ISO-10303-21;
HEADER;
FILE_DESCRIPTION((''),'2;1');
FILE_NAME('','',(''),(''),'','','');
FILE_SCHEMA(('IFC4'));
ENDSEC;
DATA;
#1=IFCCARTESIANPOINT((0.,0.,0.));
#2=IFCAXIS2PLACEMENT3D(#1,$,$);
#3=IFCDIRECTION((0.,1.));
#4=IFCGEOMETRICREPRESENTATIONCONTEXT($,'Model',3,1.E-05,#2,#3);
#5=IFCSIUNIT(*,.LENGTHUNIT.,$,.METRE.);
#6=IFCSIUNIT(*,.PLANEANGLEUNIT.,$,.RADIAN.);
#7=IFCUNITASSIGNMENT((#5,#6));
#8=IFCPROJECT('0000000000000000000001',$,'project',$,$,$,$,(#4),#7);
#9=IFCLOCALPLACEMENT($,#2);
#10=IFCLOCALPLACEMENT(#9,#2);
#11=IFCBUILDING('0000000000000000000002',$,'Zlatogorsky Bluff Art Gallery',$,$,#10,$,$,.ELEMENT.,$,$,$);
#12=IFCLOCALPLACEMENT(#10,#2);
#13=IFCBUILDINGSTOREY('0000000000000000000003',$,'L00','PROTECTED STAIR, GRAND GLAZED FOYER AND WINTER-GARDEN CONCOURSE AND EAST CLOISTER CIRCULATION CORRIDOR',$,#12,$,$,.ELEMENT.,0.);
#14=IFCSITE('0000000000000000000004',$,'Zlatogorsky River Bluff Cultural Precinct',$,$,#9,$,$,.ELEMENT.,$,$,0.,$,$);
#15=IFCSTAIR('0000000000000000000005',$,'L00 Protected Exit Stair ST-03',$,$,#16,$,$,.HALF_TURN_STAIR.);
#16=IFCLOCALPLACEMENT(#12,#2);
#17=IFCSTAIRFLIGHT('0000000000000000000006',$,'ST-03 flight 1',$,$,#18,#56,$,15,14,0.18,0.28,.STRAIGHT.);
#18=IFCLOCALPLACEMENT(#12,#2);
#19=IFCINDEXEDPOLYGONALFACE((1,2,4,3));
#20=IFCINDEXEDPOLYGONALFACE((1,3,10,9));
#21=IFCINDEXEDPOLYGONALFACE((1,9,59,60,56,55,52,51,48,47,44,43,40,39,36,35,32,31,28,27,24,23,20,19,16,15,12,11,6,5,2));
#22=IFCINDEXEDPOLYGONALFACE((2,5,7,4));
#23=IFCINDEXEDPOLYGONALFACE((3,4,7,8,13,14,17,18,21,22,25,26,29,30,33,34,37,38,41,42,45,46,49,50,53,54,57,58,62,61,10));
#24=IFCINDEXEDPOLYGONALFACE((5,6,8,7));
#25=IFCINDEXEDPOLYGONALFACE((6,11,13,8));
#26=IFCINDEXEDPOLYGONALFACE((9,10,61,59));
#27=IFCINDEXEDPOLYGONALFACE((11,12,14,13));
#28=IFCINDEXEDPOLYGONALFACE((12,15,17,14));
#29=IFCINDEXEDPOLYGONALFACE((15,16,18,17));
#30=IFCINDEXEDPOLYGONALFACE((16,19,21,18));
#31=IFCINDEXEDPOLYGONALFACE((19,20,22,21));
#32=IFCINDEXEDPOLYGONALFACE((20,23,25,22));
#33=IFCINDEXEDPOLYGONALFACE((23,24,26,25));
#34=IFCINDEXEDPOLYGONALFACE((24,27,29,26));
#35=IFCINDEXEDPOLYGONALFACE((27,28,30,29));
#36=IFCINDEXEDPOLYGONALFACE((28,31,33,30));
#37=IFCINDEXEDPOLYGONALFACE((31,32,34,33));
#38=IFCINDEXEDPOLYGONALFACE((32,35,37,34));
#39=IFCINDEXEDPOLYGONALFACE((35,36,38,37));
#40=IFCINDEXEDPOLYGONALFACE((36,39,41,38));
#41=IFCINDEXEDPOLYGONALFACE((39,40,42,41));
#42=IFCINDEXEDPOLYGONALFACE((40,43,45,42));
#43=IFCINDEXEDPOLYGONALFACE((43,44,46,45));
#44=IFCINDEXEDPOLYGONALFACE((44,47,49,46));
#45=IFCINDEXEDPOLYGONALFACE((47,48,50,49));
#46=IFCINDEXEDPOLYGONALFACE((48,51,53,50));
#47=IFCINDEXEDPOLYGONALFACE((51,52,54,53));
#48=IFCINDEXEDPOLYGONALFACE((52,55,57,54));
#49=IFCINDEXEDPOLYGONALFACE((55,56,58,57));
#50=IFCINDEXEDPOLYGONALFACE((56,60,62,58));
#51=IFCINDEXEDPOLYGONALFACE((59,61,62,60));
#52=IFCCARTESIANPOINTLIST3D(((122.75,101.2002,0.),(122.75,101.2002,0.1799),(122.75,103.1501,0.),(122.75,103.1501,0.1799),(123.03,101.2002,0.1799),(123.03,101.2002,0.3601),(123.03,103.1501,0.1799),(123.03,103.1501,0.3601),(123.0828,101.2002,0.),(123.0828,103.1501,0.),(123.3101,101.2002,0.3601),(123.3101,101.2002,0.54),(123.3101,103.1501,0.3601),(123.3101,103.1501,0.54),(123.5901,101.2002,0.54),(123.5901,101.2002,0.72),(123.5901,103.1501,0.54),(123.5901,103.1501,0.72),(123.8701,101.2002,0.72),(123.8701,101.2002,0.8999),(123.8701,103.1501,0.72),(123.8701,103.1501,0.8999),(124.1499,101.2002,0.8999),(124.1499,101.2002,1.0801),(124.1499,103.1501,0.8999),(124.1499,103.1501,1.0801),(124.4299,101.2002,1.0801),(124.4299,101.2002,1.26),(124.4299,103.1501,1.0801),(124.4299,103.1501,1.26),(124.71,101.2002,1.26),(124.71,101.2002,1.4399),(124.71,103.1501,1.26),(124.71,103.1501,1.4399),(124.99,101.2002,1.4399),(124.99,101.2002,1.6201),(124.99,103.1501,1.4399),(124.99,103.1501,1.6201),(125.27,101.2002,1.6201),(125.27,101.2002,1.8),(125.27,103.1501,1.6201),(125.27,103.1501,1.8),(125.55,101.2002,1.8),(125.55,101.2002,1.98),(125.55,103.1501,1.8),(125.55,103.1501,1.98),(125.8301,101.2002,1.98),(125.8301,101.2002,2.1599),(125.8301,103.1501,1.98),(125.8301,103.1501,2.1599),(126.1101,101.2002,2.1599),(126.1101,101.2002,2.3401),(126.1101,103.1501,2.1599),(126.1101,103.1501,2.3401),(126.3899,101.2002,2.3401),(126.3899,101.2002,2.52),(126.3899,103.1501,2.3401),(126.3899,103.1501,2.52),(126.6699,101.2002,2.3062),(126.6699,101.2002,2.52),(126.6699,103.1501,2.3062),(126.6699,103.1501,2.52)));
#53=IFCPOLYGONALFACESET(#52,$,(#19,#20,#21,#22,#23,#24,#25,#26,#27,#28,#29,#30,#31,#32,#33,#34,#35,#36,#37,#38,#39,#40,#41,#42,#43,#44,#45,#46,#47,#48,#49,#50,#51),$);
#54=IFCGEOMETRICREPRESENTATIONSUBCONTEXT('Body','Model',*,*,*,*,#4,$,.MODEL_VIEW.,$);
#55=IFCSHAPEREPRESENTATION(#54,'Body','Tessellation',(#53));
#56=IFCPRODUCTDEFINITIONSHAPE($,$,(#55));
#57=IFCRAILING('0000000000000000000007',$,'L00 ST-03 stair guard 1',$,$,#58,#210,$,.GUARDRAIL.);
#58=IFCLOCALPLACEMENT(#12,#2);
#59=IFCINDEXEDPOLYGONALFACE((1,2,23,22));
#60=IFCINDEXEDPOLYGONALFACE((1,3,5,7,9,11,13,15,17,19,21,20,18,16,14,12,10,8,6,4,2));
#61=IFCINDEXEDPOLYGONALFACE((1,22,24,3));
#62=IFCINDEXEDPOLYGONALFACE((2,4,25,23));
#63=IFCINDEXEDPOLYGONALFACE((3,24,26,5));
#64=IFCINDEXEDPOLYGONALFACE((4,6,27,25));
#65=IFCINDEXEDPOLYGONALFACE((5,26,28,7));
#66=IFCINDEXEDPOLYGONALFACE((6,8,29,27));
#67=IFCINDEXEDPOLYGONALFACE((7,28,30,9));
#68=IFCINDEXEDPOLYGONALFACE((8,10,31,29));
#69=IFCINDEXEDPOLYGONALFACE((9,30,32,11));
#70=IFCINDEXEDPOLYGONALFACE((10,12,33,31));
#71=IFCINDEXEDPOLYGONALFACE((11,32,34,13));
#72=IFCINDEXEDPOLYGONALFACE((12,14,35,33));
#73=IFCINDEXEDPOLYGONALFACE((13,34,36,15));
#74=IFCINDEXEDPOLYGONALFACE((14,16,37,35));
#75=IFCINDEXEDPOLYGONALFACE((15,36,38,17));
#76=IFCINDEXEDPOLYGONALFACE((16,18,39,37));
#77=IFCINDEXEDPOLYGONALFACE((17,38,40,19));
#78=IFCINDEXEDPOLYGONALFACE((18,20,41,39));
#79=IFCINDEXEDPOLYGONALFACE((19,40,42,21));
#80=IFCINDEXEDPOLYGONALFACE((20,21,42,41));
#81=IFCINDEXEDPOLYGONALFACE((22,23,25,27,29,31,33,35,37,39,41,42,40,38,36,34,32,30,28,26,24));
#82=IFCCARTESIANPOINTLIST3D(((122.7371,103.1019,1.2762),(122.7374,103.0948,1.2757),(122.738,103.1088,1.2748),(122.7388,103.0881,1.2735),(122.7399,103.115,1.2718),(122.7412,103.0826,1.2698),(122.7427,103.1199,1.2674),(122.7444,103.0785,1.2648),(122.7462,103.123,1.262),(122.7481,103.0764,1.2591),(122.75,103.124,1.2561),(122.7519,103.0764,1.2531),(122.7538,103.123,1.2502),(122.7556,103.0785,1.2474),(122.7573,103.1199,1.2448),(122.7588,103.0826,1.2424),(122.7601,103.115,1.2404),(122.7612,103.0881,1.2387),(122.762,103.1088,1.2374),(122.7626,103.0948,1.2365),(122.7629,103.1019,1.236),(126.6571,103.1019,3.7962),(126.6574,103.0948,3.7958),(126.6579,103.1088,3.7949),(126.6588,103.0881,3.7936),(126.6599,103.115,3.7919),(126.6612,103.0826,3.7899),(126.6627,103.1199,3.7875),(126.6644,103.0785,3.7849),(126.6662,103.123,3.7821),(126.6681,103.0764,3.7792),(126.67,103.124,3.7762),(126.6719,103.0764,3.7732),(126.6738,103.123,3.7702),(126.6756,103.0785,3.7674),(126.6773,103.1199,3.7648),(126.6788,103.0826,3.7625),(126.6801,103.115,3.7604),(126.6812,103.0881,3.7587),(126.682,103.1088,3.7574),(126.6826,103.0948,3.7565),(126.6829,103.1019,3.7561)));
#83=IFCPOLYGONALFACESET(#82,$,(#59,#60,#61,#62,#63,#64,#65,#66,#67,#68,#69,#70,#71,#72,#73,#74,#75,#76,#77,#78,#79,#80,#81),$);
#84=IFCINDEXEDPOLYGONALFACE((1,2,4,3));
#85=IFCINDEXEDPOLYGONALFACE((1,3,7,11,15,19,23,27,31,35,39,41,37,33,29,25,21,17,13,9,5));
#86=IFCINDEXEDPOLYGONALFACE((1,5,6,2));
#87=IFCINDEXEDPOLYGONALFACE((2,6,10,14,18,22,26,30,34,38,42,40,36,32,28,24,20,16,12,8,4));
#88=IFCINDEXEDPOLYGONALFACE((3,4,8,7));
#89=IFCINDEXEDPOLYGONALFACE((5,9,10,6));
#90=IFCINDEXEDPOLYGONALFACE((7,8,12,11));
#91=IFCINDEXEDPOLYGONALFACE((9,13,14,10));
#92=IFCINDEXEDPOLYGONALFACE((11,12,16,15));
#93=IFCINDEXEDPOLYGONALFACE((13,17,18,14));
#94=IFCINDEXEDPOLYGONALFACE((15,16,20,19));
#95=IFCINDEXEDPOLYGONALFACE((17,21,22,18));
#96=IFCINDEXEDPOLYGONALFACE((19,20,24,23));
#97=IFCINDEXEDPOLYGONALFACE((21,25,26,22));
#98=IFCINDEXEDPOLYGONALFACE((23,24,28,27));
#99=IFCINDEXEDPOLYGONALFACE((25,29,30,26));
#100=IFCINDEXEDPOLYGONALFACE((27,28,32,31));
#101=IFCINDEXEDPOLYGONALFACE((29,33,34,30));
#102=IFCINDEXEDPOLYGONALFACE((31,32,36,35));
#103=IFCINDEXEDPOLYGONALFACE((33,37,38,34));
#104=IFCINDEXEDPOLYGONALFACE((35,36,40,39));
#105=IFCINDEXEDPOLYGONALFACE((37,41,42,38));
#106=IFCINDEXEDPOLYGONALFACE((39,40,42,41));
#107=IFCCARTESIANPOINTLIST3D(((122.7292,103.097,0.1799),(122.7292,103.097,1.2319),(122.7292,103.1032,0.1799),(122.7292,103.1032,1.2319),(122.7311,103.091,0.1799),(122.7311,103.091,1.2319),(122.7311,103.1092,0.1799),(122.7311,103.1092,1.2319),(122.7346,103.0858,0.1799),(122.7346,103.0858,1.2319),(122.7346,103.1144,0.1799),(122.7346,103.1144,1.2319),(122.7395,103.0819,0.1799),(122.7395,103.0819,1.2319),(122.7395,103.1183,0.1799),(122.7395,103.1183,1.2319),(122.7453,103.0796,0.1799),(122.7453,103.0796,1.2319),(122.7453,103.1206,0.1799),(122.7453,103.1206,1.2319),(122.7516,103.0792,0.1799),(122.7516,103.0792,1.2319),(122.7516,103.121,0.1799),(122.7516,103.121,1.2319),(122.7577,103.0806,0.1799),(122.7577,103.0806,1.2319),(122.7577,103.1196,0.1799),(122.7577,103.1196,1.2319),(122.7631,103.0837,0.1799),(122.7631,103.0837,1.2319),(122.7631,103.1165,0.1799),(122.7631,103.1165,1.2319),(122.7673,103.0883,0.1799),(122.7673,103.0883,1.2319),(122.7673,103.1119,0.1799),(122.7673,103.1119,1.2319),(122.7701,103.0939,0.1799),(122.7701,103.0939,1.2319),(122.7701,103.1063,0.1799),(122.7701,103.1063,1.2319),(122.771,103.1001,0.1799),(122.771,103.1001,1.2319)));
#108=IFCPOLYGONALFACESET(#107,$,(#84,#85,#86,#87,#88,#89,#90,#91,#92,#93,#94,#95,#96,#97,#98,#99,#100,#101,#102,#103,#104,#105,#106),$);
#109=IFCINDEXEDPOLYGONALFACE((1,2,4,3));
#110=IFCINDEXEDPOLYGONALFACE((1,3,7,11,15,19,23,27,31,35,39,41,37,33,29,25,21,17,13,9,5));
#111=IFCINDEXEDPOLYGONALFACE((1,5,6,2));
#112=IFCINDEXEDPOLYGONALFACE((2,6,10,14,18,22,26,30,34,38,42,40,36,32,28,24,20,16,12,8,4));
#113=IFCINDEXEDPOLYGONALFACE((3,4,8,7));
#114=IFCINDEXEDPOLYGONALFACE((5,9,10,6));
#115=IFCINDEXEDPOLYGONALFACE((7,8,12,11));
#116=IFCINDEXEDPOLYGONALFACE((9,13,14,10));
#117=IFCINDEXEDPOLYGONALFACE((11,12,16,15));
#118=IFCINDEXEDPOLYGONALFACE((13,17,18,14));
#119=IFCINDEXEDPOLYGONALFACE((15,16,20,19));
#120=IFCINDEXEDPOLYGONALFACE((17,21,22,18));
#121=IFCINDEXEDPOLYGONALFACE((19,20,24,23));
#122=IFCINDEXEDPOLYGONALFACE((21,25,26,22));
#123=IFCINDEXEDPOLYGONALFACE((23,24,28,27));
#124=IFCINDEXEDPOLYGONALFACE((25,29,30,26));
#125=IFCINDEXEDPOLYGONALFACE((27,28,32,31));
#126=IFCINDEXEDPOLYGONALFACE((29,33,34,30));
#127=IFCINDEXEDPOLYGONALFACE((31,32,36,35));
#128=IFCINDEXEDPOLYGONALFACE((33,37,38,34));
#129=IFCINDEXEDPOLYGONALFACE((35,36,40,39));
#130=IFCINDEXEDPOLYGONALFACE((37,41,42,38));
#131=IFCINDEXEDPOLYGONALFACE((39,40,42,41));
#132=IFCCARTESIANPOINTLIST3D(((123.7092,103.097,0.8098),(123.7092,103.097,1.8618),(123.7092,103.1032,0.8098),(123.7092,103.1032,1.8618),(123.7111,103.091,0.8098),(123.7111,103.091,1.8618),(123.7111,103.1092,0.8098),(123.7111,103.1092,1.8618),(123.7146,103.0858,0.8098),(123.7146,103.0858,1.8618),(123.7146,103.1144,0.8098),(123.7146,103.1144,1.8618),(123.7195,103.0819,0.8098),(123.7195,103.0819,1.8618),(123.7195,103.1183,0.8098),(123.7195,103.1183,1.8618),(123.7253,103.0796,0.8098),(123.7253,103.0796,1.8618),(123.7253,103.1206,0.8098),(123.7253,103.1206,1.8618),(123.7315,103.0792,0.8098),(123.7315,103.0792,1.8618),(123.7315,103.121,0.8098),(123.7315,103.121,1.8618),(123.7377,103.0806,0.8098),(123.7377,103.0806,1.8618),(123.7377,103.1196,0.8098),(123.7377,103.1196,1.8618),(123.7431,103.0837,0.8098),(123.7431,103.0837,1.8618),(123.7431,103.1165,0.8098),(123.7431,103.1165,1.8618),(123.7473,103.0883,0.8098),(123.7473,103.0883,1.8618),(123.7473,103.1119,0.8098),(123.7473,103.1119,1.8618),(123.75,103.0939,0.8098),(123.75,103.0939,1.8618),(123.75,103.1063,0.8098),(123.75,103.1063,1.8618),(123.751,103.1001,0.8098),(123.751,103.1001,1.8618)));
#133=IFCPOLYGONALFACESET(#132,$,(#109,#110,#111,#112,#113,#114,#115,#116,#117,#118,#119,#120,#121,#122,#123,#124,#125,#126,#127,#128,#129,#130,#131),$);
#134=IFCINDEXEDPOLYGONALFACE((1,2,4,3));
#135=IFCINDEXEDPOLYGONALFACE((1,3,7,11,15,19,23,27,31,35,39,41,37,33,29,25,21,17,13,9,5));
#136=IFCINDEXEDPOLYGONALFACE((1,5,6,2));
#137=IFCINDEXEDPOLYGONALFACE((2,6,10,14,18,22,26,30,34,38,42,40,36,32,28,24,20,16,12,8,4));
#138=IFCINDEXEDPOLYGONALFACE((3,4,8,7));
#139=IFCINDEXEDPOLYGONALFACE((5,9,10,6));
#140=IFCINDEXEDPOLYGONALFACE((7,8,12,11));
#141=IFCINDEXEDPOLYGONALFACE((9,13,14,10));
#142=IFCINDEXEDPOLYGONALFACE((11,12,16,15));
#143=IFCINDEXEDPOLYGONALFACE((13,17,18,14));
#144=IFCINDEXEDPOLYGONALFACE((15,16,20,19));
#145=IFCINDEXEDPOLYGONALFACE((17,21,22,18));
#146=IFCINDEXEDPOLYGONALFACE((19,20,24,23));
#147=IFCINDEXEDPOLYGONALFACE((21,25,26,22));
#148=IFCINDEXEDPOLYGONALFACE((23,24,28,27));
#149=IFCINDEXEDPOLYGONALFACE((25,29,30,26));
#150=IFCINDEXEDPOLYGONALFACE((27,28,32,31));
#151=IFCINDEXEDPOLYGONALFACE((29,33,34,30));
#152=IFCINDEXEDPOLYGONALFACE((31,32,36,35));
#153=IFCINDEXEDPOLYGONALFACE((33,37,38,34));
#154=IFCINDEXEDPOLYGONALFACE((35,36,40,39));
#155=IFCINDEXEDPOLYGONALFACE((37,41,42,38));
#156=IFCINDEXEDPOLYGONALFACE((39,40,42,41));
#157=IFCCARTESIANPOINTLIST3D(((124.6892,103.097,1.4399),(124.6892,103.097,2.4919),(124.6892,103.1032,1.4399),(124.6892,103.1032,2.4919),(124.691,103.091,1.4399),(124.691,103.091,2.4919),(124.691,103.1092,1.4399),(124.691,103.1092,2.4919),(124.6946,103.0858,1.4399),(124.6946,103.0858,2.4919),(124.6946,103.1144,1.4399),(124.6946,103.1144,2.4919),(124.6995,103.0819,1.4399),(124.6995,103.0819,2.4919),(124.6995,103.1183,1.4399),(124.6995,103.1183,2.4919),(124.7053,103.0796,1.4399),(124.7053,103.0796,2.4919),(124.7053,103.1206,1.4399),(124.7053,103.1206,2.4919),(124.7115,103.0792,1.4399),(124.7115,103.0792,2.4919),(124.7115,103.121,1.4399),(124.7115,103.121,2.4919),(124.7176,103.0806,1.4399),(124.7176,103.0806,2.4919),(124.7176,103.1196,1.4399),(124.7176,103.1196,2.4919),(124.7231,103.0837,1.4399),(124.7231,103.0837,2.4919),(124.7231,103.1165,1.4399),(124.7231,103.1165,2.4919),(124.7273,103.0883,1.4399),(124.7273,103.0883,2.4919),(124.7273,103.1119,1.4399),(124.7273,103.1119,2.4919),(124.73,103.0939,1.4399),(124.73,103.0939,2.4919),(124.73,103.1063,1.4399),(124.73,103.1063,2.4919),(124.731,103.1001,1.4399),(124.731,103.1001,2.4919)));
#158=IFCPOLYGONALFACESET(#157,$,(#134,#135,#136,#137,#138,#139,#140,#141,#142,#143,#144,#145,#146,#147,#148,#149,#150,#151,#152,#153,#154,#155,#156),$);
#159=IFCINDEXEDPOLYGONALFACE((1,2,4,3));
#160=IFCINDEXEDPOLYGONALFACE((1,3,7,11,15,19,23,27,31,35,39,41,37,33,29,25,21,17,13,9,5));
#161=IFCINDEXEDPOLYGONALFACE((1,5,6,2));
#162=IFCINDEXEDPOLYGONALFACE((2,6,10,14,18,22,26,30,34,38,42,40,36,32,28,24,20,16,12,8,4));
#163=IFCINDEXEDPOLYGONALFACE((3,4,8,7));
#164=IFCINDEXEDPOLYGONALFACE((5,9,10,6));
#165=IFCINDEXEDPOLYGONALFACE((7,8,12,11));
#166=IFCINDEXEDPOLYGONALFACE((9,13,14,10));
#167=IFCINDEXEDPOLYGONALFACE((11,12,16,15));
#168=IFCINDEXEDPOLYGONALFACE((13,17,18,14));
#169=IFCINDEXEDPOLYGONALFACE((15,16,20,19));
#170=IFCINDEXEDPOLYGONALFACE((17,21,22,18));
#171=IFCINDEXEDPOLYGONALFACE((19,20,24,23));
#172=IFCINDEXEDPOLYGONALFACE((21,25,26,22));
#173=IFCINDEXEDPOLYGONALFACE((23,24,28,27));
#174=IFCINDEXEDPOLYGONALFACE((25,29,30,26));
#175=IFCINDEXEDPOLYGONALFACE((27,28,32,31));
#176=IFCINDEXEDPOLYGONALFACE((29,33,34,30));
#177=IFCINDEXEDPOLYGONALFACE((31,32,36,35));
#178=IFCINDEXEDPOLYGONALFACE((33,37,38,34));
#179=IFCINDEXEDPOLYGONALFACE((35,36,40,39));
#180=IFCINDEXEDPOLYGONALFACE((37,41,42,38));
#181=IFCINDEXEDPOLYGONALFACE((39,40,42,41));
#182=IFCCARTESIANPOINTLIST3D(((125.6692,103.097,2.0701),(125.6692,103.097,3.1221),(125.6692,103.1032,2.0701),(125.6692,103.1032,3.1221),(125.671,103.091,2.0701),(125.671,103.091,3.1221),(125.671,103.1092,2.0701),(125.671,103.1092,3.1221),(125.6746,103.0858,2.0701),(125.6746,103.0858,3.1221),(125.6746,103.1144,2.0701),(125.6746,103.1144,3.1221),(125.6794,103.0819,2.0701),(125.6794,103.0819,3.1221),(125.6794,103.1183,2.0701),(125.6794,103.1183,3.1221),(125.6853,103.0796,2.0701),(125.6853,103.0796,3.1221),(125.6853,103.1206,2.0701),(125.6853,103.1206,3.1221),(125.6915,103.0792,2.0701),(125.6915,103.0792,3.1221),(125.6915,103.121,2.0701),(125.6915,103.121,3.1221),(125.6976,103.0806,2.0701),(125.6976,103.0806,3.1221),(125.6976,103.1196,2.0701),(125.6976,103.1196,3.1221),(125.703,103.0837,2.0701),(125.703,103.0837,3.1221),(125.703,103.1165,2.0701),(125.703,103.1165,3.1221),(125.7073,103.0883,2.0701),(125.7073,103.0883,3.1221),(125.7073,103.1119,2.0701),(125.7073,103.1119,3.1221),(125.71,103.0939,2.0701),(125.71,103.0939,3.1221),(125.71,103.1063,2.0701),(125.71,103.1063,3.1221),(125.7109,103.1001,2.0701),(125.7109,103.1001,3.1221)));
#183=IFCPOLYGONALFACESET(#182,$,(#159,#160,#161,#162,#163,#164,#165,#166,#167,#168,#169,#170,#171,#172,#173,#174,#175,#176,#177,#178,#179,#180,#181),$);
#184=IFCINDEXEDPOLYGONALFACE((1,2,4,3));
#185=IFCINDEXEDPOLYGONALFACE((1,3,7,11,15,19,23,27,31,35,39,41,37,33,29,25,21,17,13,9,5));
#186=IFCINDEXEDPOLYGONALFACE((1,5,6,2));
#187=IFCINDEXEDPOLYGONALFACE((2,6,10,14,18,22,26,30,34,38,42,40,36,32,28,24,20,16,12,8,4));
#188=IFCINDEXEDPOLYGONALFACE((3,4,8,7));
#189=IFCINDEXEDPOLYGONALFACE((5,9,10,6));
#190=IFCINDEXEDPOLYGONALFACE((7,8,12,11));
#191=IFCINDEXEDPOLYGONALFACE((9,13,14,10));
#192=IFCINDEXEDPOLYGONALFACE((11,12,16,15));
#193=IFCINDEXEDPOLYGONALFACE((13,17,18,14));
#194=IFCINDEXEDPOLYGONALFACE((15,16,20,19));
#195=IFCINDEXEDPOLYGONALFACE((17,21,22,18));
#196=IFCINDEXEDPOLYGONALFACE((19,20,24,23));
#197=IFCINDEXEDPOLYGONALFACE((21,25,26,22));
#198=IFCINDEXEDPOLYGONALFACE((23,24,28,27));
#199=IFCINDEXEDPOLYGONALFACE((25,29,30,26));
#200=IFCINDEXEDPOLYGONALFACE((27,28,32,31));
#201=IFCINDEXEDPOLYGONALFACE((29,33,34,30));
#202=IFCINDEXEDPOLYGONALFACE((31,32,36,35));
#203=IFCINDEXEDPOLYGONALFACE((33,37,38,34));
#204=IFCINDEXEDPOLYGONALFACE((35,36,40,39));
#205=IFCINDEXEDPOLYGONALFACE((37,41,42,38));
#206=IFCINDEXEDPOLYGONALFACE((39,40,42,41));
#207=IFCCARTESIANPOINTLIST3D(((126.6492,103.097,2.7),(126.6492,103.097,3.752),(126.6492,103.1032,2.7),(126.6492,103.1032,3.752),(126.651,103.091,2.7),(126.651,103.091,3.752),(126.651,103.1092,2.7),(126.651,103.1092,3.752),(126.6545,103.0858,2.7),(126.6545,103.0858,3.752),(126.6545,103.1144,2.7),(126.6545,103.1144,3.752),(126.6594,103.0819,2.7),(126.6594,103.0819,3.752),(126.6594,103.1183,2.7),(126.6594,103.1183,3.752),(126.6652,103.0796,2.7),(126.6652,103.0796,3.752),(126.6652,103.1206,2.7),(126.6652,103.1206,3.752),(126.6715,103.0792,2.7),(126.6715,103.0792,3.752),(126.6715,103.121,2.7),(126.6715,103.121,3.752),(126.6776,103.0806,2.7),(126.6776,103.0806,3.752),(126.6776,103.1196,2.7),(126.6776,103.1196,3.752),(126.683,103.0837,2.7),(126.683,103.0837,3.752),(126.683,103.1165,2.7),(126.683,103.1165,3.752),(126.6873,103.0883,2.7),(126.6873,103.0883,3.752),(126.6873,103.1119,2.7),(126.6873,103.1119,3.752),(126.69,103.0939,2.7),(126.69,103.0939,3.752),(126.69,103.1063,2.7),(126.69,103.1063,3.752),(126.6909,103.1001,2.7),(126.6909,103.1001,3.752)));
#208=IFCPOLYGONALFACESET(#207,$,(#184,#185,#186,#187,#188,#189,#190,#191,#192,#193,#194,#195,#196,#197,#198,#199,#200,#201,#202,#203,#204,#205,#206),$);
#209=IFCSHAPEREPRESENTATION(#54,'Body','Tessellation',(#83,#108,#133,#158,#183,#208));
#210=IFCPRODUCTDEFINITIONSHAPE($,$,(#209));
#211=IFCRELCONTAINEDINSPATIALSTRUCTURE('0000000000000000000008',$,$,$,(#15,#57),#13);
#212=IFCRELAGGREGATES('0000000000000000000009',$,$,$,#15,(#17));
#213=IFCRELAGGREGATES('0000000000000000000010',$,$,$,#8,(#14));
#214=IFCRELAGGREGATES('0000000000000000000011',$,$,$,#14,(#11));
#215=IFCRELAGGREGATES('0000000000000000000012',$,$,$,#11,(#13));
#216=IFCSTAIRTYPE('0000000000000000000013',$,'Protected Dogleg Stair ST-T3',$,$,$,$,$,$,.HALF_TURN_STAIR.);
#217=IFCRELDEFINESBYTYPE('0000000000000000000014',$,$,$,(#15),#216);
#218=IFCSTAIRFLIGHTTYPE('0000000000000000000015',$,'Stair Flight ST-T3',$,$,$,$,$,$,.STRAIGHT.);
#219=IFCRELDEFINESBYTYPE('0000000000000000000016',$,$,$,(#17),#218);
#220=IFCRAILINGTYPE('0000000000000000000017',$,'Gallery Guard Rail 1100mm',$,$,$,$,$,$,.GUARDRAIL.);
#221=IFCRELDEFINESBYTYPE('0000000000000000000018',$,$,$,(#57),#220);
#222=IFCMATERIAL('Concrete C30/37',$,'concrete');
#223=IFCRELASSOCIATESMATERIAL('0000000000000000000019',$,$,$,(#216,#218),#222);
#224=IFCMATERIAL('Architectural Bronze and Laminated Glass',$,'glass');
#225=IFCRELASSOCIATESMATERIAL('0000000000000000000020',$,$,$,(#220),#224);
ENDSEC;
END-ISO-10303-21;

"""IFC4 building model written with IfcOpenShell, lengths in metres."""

from ifc_helpers import new_model, si_unit, direction, frame, origin, origin_2d, place, context, subcontext, project, spatial, polyline, circle, outline, extrude, material, type_object, element, aggregate, save


model = new_model("IFC4")

# Units and contexts
model_context = context("Model", 3, precision=1e-05, world=origin(), true_north=direction((0.0, 1.0)))
body_context = subcontext(model_context, "Body", "Model", "MODEL_VIEW")
ifc_project = project(units=[si_unit("LENGTHUNIT", "METRE"), si_unit("PLANEANGLEUNIT", "RADIAN")], contexts=[model_context])

# Site, building, storey
site_placement = place(None, origin())
site = spatial("IfcSite", under=ifc_project, at=site_placement, Name="Zlatogorsky River Bluff Cultural Precinct", CompositionType="ELEMENT", RefElevation=0.0)
building_placement = place(site_placement, origin())
building = spatial("IfcBuilding", under=site, at=building_placement, Name="Zlatogorsky Bluff Art Gallery", CompositionType="ELEMENT")
storey_placement = place(building_placement, origin())
storey = spatial("IfcBuildingStorey", under=building, at=storey_placement, Name="L00", Description="PROTECTED STAIR, GRAND GLAZED FOYER AND WINTER-GARDEN CONCOURSE AND EAST CLOISTER CIRCULATION CORRIDOR", CompositionType="ELEMENT", Elevation=0.0)

# Stair, stair flight
ifc_material_1 = material(Name="Concrete C30/37", Category="concrete")
stair_type = type_object("IfcStairType", Name="Protected Dogleg Stair ST-T3", PredefinedType="HALF_TURN_STAIR", material=ifc_material_1)
stair_placement = place(storey_placement, origin())
stair = element("IfcStair", 1, at=stair_placement, inside=storey, type_object=stair_type, Name="L00 Protected Exit Stair ST-03", PredefinedType="HALF_TURN_STAIR")
stair_flight_type = type_object("IfcStairFlightType", Name="Stair Flight ST-T3", PredefinedType="STRAIGHT", material=ifc_material_1)
stair_flight_placement = place(storey_placement, frame((122.75, 102.175, 0.0), z_axis=(0.0, 0.0, 1.0), x_axis=(1.0, 0.0, 0.0)))
stair_flight = element("IfcStairFlight", 2, at=stair_flight_placement, type_object=stair_flight_type, Name="ST-03 flight 1", NumberOfRisers=15, NumberOfTreads=14, PredefinedType="STRAIGHT", RiserHeight=0.18, TreadLength=0.28, context=body_context, shape_type="SweptSolid", body=[
    extrude(outline(polyline([(0.0, 0.0), (0.0, 0.1799), (0.28, 0.1799), (0.28, 0.3601), (0.5601, 0.3601), (0.5601, 0.54), (0.8401, 0.54), (0.8401, 0.72), (1.1201, 0.72), (1.1201, 0.8999), (1.3999, 0.8999), (1.3999, 1.0801), (1.6799, 1.0801), (1.6799, 1.26), (1.96, 1.26), (1.96, 1.4399), (2.24, 1.4399), (2.24, 1.6201), (2.52, 1.6201), (2.52, 1.8), (2.8, 1.8), (2.8, 1.98), (3.0801, 1.98), (3.0801, 2.1599), (3.3601, 2.1599), (3.3601, 2.3401), (3.6399, 2.3401), (3.6399, 2.52), (3.9199, 2.52), (3.9199, 2.7), (3.9199, 2.3062), (0.3328, 0.0), (0.0, 0.0)])), frame((0.0, 0.9751, 0.0), z_axis=(0.0, -1.0, 0.0), x_axis=(1.0, 0.0, 0.0)), (0.0, 0.0, 1.0), 1.95),
])
aggregate(stair, [stair_flight])

# Railing
ifc_material_2 = material(Name="Architectural Bronze and Laminated Glass", Category="glass")
railing_type = type_object("IfcRailingType", Name="Gallery Guard Rail 1100mm", PredefinedType="GUARDRAIL", material=ifc_material_2)
railing_1_placement = place(storey_placement, frame((122.75, 103.1001, 0.1799)))
element("IfcRailing", 3, at=railing_1_placement, inside=storey, type_object=railing_type, Name="L00 ST-03 stair guard 1", PredefinedType="GUARDRAIL", context=body_context, shape_type="SweptSolid", body=[
    extrude(circle(Radius=0.0239, at=origin_2d()), frame((0.0, 0.0, 1.0762), z_axis=(0.841172, 0.0, 0.540768), x_axis=(0.0, 1.0, 0.0)), (0.0, 0.0, 1.0), 4.6602),
    extrude(circle(Radius=0.021, at=origin_2d()), origin(), (0.0, 0.0, 1.0), 1.052),
    extrude(circle(Radius=0.021, at=origin_2d()), frame((0.98, 0.0, 0.6299)), (0.0, 0.0, 1.0), 1.052),
    extrude(circle(Radius=0.021, at=origin_2d()), frame((1.96, 0.0, 1.26)), (0.0, 0.0, 1.0), 1.052),
    extrude(circle(Radius=0.021, at=origin_2d()), frame((2.9399, 0.0, 1.8901)), (0.0, 0.0, 1.0), 1.052),
    extrude(circle(Radius=0.021, at=origin_2d()), frame((3.9199, 0.0, 2.52)), (0.0, 0.0, 1.0), 1.052),
])

save(model, "model.ifc")
